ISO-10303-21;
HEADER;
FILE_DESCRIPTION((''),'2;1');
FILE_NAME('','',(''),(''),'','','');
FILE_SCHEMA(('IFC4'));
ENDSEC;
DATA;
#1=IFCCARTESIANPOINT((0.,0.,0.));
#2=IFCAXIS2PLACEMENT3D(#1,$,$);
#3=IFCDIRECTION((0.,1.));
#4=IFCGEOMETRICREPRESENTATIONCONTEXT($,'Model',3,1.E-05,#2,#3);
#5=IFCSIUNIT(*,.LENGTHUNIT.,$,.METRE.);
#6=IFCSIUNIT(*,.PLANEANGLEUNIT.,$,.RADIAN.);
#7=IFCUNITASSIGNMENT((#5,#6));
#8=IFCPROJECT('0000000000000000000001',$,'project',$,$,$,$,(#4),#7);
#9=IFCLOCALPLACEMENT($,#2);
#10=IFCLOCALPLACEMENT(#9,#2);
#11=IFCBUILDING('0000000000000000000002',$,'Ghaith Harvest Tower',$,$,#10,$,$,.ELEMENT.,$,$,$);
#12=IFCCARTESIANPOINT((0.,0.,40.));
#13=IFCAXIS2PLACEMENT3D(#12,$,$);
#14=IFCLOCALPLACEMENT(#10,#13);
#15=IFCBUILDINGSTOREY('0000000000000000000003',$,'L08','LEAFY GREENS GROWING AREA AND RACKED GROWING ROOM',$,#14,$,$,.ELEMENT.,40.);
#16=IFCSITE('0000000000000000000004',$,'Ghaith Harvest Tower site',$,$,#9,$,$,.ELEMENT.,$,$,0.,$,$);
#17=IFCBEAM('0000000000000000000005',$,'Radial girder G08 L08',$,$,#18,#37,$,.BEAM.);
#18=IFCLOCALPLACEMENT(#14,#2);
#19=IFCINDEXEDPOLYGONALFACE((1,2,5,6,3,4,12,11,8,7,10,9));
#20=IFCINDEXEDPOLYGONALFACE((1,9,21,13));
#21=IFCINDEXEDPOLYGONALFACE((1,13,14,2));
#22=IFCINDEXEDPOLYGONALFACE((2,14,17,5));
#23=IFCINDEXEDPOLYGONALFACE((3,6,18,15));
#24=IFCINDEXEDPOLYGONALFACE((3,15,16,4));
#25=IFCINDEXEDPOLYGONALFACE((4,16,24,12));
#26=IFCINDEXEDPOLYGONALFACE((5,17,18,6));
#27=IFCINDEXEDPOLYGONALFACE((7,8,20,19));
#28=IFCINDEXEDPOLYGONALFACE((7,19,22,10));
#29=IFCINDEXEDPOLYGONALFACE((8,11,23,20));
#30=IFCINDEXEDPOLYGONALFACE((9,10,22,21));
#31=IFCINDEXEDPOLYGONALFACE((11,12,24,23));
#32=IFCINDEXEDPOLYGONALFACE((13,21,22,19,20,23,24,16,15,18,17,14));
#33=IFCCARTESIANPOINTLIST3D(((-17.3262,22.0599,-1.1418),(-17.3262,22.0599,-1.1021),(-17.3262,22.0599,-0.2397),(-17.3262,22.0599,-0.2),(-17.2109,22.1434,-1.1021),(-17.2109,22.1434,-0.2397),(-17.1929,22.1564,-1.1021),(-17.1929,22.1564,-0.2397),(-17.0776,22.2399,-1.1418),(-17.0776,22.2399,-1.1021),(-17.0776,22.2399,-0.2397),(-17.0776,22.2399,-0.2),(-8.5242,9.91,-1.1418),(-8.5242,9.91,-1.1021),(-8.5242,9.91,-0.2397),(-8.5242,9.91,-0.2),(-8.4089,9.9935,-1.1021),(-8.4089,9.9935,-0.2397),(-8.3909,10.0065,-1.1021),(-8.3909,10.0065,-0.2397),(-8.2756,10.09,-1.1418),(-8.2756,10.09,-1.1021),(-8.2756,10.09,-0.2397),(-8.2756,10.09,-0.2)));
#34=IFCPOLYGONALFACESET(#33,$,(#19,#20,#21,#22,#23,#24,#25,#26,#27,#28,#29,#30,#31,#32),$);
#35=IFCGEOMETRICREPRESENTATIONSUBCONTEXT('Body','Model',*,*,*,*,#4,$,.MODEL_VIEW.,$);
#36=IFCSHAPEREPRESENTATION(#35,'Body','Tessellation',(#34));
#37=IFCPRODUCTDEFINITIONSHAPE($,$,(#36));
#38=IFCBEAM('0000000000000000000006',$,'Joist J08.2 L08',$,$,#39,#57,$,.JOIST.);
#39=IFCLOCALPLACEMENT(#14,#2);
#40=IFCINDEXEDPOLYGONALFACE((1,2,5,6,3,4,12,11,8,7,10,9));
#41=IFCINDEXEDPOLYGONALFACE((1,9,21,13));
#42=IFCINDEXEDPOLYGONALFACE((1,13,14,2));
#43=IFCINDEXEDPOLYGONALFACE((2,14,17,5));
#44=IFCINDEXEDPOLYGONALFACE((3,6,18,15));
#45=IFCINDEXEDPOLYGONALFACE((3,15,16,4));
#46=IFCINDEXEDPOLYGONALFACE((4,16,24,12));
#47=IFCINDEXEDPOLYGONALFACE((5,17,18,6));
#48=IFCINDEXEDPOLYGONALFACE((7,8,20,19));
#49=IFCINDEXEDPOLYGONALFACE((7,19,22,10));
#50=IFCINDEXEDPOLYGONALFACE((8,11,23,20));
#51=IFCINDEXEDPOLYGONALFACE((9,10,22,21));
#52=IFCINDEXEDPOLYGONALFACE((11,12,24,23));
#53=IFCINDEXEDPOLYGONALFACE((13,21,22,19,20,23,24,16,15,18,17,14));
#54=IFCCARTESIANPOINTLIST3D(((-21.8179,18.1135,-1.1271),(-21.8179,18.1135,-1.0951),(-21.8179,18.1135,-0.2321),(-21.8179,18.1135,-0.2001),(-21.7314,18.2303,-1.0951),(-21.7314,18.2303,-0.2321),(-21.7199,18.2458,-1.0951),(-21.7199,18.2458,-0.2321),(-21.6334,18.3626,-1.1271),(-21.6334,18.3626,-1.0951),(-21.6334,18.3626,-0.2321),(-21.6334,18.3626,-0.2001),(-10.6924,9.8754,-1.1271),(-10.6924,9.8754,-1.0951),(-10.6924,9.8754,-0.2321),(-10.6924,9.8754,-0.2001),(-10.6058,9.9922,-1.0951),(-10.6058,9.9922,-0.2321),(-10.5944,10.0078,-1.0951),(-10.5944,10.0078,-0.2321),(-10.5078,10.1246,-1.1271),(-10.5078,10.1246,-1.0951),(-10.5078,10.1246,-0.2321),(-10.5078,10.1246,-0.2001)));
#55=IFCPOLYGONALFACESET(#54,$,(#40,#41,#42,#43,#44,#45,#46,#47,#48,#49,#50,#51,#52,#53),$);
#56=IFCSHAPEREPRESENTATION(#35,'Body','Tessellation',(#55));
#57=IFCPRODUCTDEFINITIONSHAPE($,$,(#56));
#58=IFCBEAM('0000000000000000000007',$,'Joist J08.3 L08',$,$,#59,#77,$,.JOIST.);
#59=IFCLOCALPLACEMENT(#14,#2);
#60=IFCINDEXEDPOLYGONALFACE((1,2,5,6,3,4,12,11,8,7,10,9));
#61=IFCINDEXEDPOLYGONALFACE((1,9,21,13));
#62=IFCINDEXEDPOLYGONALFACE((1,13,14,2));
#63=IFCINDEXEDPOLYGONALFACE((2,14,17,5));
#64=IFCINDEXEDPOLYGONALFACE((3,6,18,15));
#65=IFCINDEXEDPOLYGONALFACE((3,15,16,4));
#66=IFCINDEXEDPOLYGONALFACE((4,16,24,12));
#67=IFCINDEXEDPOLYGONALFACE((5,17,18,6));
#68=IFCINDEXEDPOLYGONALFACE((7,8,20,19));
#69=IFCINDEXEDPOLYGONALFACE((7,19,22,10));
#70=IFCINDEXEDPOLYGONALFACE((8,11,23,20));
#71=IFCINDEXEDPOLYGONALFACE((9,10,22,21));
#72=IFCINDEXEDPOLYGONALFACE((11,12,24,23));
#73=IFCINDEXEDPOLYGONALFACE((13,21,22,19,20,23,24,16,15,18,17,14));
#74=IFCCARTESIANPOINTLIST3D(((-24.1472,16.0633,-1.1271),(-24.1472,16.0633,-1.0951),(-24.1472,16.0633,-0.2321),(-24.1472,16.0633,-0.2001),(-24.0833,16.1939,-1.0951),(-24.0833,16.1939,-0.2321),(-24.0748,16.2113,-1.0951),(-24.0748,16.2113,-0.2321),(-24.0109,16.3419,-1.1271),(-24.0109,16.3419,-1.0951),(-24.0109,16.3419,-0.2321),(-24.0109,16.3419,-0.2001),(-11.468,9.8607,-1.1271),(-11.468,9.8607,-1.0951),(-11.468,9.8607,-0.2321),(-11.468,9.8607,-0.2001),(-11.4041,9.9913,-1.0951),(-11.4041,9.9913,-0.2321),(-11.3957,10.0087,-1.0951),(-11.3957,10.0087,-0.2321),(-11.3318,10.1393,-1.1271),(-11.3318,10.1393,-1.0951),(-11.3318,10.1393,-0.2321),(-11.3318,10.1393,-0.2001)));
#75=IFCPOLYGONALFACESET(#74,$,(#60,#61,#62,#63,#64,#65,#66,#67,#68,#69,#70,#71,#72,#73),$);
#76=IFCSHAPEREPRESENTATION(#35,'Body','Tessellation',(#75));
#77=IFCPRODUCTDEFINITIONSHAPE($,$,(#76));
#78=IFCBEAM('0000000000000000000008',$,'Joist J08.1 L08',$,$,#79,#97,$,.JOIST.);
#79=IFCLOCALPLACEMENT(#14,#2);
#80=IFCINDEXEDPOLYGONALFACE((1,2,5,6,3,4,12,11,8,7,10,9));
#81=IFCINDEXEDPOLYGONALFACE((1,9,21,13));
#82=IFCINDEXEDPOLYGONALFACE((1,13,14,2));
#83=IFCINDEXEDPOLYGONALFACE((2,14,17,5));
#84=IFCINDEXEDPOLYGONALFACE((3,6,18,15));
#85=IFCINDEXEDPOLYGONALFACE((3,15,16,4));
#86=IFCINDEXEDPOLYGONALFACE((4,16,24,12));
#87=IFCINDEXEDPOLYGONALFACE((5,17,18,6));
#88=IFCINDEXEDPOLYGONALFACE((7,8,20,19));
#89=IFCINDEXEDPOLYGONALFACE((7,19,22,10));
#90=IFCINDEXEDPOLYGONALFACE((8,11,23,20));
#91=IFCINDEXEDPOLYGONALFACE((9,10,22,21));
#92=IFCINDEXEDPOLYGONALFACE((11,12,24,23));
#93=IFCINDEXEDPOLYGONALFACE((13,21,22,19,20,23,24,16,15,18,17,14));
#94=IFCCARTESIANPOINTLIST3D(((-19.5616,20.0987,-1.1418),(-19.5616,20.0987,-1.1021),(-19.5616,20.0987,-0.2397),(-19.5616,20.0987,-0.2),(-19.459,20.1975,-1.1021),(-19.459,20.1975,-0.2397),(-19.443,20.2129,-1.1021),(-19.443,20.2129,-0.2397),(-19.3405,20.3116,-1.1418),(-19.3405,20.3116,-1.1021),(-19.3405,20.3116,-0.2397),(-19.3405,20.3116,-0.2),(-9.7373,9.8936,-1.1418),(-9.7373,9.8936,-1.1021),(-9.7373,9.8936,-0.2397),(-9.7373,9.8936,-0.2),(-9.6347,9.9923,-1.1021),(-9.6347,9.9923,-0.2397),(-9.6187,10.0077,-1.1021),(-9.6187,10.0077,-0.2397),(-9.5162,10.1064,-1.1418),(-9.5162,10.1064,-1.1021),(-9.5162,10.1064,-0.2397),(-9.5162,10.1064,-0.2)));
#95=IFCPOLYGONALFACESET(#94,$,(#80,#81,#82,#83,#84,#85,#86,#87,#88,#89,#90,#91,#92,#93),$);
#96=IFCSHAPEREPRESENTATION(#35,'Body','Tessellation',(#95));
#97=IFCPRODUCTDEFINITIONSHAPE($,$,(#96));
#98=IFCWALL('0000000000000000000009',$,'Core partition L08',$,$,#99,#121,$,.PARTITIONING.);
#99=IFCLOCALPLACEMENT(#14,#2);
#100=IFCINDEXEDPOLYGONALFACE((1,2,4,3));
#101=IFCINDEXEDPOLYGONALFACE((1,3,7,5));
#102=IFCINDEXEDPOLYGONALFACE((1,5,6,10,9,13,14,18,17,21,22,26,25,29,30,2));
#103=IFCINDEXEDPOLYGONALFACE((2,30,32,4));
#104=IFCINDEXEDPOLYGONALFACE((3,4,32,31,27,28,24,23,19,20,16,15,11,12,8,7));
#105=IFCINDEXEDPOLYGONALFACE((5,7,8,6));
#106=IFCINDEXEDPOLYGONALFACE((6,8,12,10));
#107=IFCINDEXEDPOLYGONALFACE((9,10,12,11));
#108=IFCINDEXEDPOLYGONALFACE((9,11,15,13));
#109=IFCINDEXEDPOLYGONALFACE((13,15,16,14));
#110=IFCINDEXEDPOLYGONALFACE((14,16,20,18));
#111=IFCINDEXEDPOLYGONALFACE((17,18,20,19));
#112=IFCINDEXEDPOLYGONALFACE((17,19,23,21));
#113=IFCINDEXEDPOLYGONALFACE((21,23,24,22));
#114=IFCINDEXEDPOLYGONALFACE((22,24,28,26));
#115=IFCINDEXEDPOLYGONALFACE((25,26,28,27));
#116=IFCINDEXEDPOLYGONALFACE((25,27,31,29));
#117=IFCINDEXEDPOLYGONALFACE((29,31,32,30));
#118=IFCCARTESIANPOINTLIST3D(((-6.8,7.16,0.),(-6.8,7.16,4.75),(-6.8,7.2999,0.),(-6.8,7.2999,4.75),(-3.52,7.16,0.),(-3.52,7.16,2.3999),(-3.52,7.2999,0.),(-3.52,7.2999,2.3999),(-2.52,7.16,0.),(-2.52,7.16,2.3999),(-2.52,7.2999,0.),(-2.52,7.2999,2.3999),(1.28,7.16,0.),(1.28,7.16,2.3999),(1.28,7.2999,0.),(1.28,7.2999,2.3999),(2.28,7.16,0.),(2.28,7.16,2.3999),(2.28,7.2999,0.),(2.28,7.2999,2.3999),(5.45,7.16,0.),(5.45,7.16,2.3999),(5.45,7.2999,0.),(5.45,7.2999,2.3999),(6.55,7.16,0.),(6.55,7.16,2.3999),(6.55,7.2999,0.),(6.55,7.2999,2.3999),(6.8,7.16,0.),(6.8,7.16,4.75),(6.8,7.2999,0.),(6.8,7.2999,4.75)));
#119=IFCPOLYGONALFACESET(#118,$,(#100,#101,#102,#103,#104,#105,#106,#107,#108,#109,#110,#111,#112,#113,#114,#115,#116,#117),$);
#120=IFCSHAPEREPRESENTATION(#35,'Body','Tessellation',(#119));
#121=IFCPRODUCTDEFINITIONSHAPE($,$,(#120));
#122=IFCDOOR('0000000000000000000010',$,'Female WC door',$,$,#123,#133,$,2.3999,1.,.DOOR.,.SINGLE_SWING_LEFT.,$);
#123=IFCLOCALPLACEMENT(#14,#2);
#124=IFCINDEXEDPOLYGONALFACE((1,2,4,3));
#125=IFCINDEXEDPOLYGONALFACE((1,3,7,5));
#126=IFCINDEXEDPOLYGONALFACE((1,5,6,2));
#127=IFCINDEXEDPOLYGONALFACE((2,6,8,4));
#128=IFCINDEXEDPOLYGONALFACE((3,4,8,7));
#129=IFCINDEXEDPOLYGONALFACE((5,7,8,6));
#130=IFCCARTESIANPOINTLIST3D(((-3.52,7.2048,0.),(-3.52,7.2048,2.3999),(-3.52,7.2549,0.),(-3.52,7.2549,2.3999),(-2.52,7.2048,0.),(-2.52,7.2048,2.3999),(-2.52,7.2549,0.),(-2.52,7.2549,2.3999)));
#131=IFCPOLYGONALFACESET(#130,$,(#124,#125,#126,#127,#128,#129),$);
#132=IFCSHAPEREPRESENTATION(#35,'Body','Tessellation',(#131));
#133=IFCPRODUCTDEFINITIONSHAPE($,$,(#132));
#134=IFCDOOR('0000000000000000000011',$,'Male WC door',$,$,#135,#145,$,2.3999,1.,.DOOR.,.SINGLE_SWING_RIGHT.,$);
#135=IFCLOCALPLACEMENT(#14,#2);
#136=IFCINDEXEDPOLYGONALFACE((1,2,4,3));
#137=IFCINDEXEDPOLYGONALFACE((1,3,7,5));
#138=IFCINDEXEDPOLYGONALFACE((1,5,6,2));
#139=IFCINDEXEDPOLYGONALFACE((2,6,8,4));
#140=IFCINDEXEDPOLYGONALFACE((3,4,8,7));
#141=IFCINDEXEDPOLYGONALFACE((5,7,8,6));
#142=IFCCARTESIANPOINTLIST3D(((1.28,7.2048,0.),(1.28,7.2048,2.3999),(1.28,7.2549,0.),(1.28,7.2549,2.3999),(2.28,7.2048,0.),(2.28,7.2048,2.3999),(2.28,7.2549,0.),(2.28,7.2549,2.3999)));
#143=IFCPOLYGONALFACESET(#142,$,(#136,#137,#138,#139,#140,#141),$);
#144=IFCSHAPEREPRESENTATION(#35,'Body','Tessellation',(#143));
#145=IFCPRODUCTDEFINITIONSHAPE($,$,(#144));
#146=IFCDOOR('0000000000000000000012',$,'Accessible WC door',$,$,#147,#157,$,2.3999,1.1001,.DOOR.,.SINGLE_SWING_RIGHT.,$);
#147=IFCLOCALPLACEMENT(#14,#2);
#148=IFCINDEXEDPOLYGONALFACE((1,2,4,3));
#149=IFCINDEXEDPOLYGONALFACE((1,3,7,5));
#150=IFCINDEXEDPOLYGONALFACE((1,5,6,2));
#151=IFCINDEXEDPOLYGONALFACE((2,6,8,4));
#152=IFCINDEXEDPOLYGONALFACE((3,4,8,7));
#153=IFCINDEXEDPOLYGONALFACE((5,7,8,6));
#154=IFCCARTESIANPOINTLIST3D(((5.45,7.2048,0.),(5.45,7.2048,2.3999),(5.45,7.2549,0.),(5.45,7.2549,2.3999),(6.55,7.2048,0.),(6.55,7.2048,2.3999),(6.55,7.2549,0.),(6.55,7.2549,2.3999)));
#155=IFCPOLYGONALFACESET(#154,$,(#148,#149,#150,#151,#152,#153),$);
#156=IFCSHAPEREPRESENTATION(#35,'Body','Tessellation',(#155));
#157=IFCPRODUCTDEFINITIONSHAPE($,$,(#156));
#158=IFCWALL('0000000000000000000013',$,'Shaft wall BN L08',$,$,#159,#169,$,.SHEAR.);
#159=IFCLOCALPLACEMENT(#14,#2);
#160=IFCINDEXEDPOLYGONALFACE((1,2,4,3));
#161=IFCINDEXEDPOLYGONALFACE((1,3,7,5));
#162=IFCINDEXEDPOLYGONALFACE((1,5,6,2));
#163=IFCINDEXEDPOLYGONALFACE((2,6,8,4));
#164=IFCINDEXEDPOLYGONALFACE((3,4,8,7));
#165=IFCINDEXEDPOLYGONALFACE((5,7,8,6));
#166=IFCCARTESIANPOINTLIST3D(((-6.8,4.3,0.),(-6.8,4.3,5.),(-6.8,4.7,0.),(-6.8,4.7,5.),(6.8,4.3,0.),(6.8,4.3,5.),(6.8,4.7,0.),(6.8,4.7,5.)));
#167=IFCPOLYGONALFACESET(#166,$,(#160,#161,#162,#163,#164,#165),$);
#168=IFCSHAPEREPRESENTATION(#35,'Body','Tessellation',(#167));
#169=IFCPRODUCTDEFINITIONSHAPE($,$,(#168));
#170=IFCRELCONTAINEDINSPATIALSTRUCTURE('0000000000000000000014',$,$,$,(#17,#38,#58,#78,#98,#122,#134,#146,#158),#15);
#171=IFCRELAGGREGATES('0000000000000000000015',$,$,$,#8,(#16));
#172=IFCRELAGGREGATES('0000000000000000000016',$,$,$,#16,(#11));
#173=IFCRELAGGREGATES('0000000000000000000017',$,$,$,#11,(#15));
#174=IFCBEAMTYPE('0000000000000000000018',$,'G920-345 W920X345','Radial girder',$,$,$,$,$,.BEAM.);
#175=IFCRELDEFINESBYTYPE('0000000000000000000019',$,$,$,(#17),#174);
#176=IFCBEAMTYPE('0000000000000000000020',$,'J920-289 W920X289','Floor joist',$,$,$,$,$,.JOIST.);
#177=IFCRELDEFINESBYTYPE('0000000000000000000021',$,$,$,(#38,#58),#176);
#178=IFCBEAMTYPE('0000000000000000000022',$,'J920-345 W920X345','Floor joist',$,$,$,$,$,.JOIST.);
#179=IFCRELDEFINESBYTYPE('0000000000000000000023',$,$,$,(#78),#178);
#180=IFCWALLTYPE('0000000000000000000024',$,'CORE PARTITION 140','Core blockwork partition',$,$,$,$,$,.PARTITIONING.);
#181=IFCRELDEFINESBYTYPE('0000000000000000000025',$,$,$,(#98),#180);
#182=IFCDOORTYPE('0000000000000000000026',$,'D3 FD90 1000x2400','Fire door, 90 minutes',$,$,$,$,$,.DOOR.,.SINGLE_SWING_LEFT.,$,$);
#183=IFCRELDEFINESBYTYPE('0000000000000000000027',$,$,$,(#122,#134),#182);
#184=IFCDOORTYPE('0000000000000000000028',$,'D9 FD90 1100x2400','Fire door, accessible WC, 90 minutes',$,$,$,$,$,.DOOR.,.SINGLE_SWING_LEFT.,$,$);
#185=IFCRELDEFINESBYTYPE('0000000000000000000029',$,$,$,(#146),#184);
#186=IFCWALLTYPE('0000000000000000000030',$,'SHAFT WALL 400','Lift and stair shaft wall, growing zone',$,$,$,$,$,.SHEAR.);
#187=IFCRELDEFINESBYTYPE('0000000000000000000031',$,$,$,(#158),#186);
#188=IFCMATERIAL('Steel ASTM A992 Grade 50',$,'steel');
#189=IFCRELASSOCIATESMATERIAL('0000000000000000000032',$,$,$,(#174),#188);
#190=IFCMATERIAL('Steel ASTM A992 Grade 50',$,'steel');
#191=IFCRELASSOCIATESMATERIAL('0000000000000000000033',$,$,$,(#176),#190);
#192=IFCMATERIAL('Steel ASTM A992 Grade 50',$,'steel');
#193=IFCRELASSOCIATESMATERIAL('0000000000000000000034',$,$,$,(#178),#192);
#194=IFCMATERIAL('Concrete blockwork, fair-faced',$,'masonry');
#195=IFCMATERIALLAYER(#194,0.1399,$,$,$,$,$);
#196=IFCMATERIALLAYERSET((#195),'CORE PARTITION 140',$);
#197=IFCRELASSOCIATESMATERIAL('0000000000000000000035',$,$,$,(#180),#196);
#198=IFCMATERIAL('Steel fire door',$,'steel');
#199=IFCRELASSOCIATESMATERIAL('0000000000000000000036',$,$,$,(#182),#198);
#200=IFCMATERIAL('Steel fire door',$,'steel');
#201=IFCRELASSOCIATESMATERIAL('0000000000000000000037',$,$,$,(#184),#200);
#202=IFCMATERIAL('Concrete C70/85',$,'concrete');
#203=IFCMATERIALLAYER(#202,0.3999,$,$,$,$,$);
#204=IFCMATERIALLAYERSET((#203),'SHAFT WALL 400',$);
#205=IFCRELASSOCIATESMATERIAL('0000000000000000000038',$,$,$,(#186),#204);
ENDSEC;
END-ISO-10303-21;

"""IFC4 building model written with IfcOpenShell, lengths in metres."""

from ifc_helpers import new_model, si_unit, direction, frame, frame_2d, origin, origin_2d, place, context, subcontext, project, spatial, rectangle, i_section, extrude, material, layer, layer_set, material_profile, profile_set, type_object, element, fill, save


model = new_model("IFC4")

# Units and contexts
model_context = context("Model", 3, precision=1e-05, world=origin(), true_north=direction((0.0, 1.0)))
body_context = subcontext(model_context, "Body", "Model", "MODEL_VIEW")
ifc_project = project(units=[si_unit("LENGTHUNIT", "METRE"), si_unit("PLANEANGLEUNIT", "RADIAN")], contexts=[model_context])

# Site, building, storey
site_placement = place(None, origin())
site = spatial("IfcSite", under=ifc_project, at=site_placement, Name="Ghaith Harvest Tower site", CompositionType="ELEMENT", RefElevation=0.0)
building_placement = place(site_placement, origin())
building = spatial("IfcBuilding", under=site, at=building_placement, Name="Ghaith Harvest Tower", CompositionType="ELEMENT")
storey_placement = place(building_placement, frame((0.0, 0.0, 40.0)))
storey = spatial("IfcBuildingStorey", under=building, at=storey_placement, Name="L08", Description="LEAFY GREENS GROWING AREA AND RACKED GROWING ROOM", CompositionType="ELEMENT", Elevation=40.0)

# Beams
ifc_material_1 = material(Name="Steel ASTM A992 Grade 50", Category="steel")
ifc_material_profile_1 = material_profile(ifc_material_1, i_section(OverallWidth=0.3069, OverallDepth=0.9419, WebThickness=0.0222, FlangeThickness=0.0398, at=origin_2d()), Name="W920X345")
ifc_profile_set_1 = profile_set([ifc_material_profile_1], Name="Steel ASTM A992 Grade 50")
beam_type_1 = type_object("IfcBeamType", Name="G920-345 W920X345", Description="Radial girder", PredefinedType="BEAM", material=ifc_profile_set_1)
beam_1_placement = place(storey_placement, frame((-8.3999, 10.0, -0.6709), z_axis=(-0.586676, 0.809822, 0.0), x_axis=(-0.809822, -0.586676, 0.0)))
element("IfcBeam", 1, at=beam_1_placement, inside=storey, type_object=beam_type_1, Name="Radial girder G08 L08", PredefinedType="BEAM", context=body_context, shape_type="SweptSolid", body=[
    extrude(i_section(OverallWidth=0.3069, OverallDepth=0.9419, WebThickness=0.0222, FlangeThickness=0.0398, at=origin_2d()), origin(), (0.0, 0.0, 1.0), 15.0032),
])
ifc_material_2 = material(Name="Steel ASTM A992 Grade 50", Category="steel")
ifc_material_profile_2 = material_profile(ifc_material_2, i_section(OverallWidth=0.3101, OverallDepth=0.927, WebThickness=0.0193, FlangeThickness=0.032, at=origin_2d()), Name="W920X289")
ifc_profile_set_2 = profile_set([ifc_material_profile_2], Name="Steel ASTM A992 Grade 50")
beam_type_2 = type_object("IfcBeamType", Name="J920-289 W920X289", Description="Floor joist", PredefinedType="JOIST", material=ifc_profile_set_2)
beam_2_placement = place(storey_placement, frame((-10.6001, 10.0, -0.6636), z_axis=(-0.803663, 0.595085, 0.0), x_axis=(-0.595085, -0.803663, 0.0)))
element("IfcBeam", 2, at=beam_2_placement, inside=storey, type_object=beam_type_2, Name="Joist J08.2 L08", PredefinedType="JOIST", context=body_context, shape_type="SweptSolid", body=[
    extrude(i_section(OverallWidth=0.3101, OverallDepth=0.927, WebThickness=0.0193, FlangeThickness=0.032, at=origin_2d()), origin(), (0.0, 0.0, 1.0), 13.8435),
])
beam_3_placement = place(storey_placement, frame((-11.3999, 10.0, -0.6636), z_axis=(-0.898275, 0.439434, 0.0), x_axis=(-0.439434, -0.898275, 0.0)))
element("IfcBeam", 3, at=beam_3_placement, inside=storey, type_object=beam_type_2, Name="Joist J08.3 L08", PredefinedType="JOIST", context=body_context, shape_type="SweptSolid", body=[
    extrude(i_section(OverallWidth=0.3101, OverallDepth=0.927, WebThickness=0.0193, FlangeThickness=0.032, at=origin_2d()), origin(), (0.0, 0.0, 1.0), 14.115),
])
ifc_material_3 = material(Name="Steel ASTM A992 Grade 50", Category="steel")
ifc_material_profile_3 = material_profile(ifc_material_3, i_section(OverallWidth=0.3069, OverallDepth=0.9419, WebThickness=0.0222, FlangeThickness=0.0398, at=origin_2d()), Name="W920X345")
ifc_profile_set_3 = profile_set([ifc_material_profile_3], Name="Steel ASTM A992 Grade 50")
beam_type_3 = type_object("IfcBeamType", Name="J920-345 W920X345", Description="Floor joist", PredefinedType="JOIST", material=ifc_profile_set_3)
beam_4_placement = place(storey_placement, frame((-9.6267, 10.0, -0.6709), z_axis=(-0.693536, 0.720422, 0.0), x_axis=(-0.720422, -0.693536, 0.0)))
element("IfcBeam", 4, at=beam_4_placement, inside=storey, type_object=beam_type_3, Name="Joist J08.1 L08", PredefinedType="JOIST", context=body_context, shape_type="SweptSolid", body=[
    extrude(i_section(OverallWidth=0.3069, OverallDepth=0.9419, WebThickness=0.0222, FlangeThickness=0.0398, at=origin_2d()), origin(), (0.0, 0.0, 1.0), 14.1655),
])

# Wall, openings, doors
ifc_material_4 = material(Name="Concrete blockwork, fair-faced", Category="masonry")
ifc_layer_1 = layer(ifc_material_4, 0.1399)
ifc_layer_set_1 = layer_set([ifc_layer_1], Name="CORE PARTITION 140")
wall_type_1 = type_object("IfcWallType", Name="CORE PARTITION 140", Description="Core blockwork partition", PredefinedType="PARTITIONING", material=ifc_layer_set_1)
wall_1_placement = place(storey_placement, frame((-6.8, 7.23, 0.0), z_axis=(0.0, 0.0, 1.0), x_axis=(1.0, 0.0, 0.0)))
wall_1 = element("IfcWall", 5, at=wall_1_placement, inside=storey, type_object=wall_type_1, Name="Core partition L08", PredefinedType="PARTITIONING", context=body_context, shape_type="SweptSolid", body=[
    extrude(rectangle(XDim=13.6001, YDim=0.1399, at=frame_2d((6.8, 0.0))), origin(), (0.0, 0.0, 1.0), 4.75),
])
opening_1_placement = place(wall_1_placement, frame((3.28, 0.0, 0.0)))
opening_1 = element("IfcOpeningElement", 6, at=opening_1_placement, cuts=wall_1, PredefinedType="OPENING", context=body_context, shape_type="SweptSolid", body=[
    extrude(rectangle(XDim=1.0, YDim=2.3999, at=frame_2d((0.5, 1.2))), frame((0.0, 0.0801, 0.0), z_axis=(0.0, -1.0, 0.0), x_axis=(1.0, 0.0, 0.0)), (0.0, 0.0, 1.0), 0.1599),
])
opening_2_placement = place(wall_1_placement, frame((8.0801, 0.0, 0.0)))
opening_2 = element("IfcOpeningElement", 7, at=opening_2_placement, cuts=wall_1, PredefinedType="OPENING", context=body_context, shape_type="SweptSolid", body=[
    extrude(rectangle(XDim=1.0, YDim=2.3999, at=frame_2d((0.5, 1.2))), frame((0.0, 0.0801, 0.0), z_axis=(0.0, -1.0, 0.0), x_axis=(1.0, 0.0, 0.0)), (0.0, 0.0, 1.0), 0.1599),
])
opening_3_placement = place(wall_1_placement, frame((12.25, 0.0, 0.0)))
opening_3 = element("IfcOpeningElement", 8, at=opening_3_placement, cuts=wall_1, PredefinedType="OPENING", context=body_context, shape_type="SweptSolid", body=[
    extrude(rectangle(XDim=1.1001, YDim=2.3999, at=frame_2d((0.55, 1.2))), frame((0.0, 0.0801, 0.0), z_axis=(0.0, -1.0, 0.0), x_axis=(1.0, 0.0, 0.0)), (0.0, 0.0, 1.0), 0.1599),
])
ifc_material_5 = material(Name="Steel fire door", Category="steel")
door_type_1 = type_object("IfcDoorType", Name="D3 FD90 1000x2400", Description="Fire door, 90 minutes", OperationType="SINGLE_SWING_LEFT", PredefinedType="DOOR", material=ifc_material_5)
door_1_placement = place(opening_1_placement, origin())
door_1 = element("IfcDoor", 9, at=door_1_placement, inside=storey, type_object=door_type_1, Name="Female WC door", OperationType="SINGLE_SWING_LEFT", OverallHeight=2.3999, OverallWidth=1.0, PredefinedType="DOOR", context=body_context, shape_type="SweptSolid", body=[
    extrude(rectangle(XDim=1.0, YDim=2.3999, at=frame_2d((0.5, 1.2))), frame((0.0, 0.0249, 0.0), z_axis=(0.0, -1.0, 0.0), x_axis=(1.0, 0.0, 0.0)), (0.0, 0.0, 1.0), 0.05),
])
fill(opening_1, door_1)
door_2_placement = place(opening_2_placement, origin())
door_2 = element("IfcDoor", 10, at=door_2_placement, inside=storey, type_object=door_type_1, Name="Male WC door", OperationType="SINGLE_SWING_RIGHT", OverallHeight=2.3999, OverallWidth=1.0, PredefinedType="DOOR", context=body_context, shape_type="SweptSolid", body=[
    extrude(rectangle(XDim=1.0, YDim=2.3999, at=frame_2d((0.5, 1.2))), frame((0.0, 0.0249, 0.0), z_axis=(0.0, -1.0, 0.0), x_axis=(1.0, 0.0, 0.0)), (0.0, 0.0, 1.0), 0.05),
])
fill(opening_2, door_2)
ifc_material_6 = material(Name="Steel fire door", Category="steel")
door_type_2 = type_object("IfcDoorType", Name="D9 FD90 1100x2400", Description="Fire door, accessible WC, 90 minutes", OperationType="SINGLE_SWING_LEFT", PredefinedType="DOOR", material=ifc_material_6)
door_3_placement = place(opening_3_placement, origin())
door_3 = element("IfcDoor", 11, at=door_3_placement, inside=storey, type_object=door_type_2, Name="Accessible WC door", OperationType="SINGLE_SWING_RIGHT", OverallHeight=2.3999, OverallWidth=1.1001, PredefinedType="DOOR", context=body_context, shape_type="SweptSolid", body=[
    extrude(rectangle(XDim=1.1001, YDim=2.3999, at=frame_2d((0.55, 1.2))), frame((0.0, 0.0249, 0.0), z_axis=(0.0, -1.0, 0.0), x_axis=(1.0, 0.0, 0.0)), (0.0, 0.0, 1.0), 0.05),
])
fill(opening_3, door_3)
ifc_material_7 = material(Name="Concrete C70/85", Category="concrete")
ifc_layer_2 = layer(ifc_material_7, 0.3999)
ifc_layer_set_2 = layer_set([ifc_layer_2], Name="SHAFT WALL 400")
wall_type_2 = type_object("IfcWallType", Name="SHAFT WALL 400", Description="Lift and stair shaft wall, growing zone", PredefinedType="SHEAR", material=ifc_layer_set_2)

# Wall
wall_2_placement = place(storey_placement, frame((-6.8, 4.5, 0.0), z_axis=(0.0, 0.0, 1.0), x_axis=(1.0, 0.0, 0.0)))
element("IfcWall", 12, at=wall_2_placement, inside=storey, type_object=wall_type_2, Name="Shaft wall BN L08", PredefinedType="SHEAR", context=body_context, shape_type="SweptSolid", body=[
    extrude(rectangle(XDim=13.6001, YDim=0.3999, at=frame_2d((6.8, 0.0))), origin(), (0.0, 0.0, 1.0), 5.0),
])

save(model, "model.ifc")
